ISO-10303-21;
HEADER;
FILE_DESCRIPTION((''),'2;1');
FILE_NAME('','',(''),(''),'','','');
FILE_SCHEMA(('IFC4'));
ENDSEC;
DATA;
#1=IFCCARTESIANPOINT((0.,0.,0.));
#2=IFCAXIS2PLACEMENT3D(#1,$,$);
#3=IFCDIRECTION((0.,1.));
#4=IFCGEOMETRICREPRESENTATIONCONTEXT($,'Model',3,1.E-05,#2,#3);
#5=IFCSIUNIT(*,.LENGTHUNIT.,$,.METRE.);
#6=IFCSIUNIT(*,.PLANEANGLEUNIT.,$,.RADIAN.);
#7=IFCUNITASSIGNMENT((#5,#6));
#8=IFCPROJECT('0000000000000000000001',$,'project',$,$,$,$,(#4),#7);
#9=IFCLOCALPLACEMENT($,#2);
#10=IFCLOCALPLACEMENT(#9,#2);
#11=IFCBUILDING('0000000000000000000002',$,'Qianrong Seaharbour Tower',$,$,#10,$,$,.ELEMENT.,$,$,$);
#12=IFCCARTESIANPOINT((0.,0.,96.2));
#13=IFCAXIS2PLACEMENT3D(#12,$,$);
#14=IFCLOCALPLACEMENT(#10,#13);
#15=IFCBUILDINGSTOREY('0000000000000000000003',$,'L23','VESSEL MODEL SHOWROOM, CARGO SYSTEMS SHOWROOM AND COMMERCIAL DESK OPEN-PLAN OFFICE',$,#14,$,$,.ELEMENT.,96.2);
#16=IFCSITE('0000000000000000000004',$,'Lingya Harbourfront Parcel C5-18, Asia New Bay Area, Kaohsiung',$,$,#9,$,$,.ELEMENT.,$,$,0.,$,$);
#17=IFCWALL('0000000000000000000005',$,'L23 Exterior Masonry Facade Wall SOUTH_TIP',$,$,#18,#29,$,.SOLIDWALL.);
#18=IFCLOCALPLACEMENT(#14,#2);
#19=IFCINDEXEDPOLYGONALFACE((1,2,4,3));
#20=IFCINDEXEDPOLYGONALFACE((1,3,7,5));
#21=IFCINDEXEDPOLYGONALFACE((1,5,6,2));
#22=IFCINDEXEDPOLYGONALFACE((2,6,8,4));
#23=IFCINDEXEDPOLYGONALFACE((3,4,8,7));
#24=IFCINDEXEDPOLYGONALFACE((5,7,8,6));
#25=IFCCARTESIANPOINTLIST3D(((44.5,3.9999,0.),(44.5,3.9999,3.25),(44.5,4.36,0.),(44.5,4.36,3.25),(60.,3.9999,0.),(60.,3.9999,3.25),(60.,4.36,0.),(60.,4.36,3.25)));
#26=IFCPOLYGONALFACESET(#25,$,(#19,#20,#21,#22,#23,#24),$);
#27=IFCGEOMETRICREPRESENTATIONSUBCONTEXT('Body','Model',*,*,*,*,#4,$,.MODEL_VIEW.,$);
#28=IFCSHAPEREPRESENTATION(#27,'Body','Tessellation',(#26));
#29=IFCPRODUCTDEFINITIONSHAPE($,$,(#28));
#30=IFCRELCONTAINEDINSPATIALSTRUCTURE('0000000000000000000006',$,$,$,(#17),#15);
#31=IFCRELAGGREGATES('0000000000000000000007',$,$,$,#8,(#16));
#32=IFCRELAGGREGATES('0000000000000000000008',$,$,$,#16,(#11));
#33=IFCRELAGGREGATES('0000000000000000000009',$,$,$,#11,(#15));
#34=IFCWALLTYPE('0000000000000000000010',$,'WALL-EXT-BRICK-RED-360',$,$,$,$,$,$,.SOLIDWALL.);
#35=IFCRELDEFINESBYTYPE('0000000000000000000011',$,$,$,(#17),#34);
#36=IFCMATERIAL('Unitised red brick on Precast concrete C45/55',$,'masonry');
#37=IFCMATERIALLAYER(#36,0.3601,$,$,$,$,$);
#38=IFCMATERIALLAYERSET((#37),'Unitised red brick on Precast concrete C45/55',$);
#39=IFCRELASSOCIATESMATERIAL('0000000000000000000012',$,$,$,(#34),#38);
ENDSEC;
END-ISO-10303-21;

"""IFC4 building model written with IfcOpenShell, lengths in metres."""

from ifc_helpers import new_model, si_unit, direction, frame, frame_2d, origin, place, context, subcontext, project, spatial, rectangle, extrude, material, layer, layer_set, type_object, element, save


model = new_model("IFC4")

# Units and contexts
model_context = context("Model", 3, precision=1e-05, world=origin(), true_north=direction((0.0, 1.0)))
body_context = subcontext(model_context, "Body", "Model", "MODEL_VIEW")
ifc_project = project(units=[si_unit("LENGTHUNIT", "METRE"), si_unit("PLANEANGLEUNIT", "RADIAN")], contexts=[model_context])

# Site, building, storey
site_placement = place(None, origin())
site = spatial("IfcSite", under=ifc_project, at=site_placement, Name="Lingya Harbourfront Parcel C5-18, Asia New Bay Area, Kaohsiung", CompositionType="ELEMENT", RefElevation=0.0)
building_placement = place(site_placement, origin())
building = spatial("IfcBuilding", under=site, at=building_placement, Name="Qianrong Seaharbour Tower", CompositionType="ELEMENT")
storey_placement = place(building_placement, frame((0.0, 0.0, 96.2)))
storey = spatial("IfcBuildingStorey", under=building, at=storey_placement, Name="L23", Description="VESSEL MODEL SHOWROOM, CARGO SYSTEMS SHOWROOM AND COMMERCIAL DESK OPEN-PLAN OFFICE", CompositionType="ELEMENT", Elevation=96.2)

# Wall
ifc_material_1 = material(Name="Unitised red brick on Precast concrete C45/55", Category="masonry")
ifc_layer_1 = layer(ifc_material_1, 0.3601)
ifc_layer_set_1 = layer_set([ifc_layer_1], Name="Unitised red brick on Precast concrete C45/55")
wall_type_1 = type_object("IfcWallType", Name="WALL-EXT-BRICK-RED-360", PredefinedType="SOLIDWALL", material=ifc_layer_set_1)
wall_1_placement = place(storey_placement, frame((60.0, 4.1799, 0.0), z_axis=(0.0, 0.0, 1.0), x_axis=(-1.0, 0.0, 0.0)))
element("IfcWall", 1, at=wall_1_placement, inside=storey, type_object=wall_type_1, Name="L23 Exterior Masonry Facade Wall SOUTH_TIP", PredefinedType="SOLIDWALL", context=body_context, shape_type="SweptSolid", body=[
    extrude(rectangle(XDim=15.5, YDim=0.3601, at=frame_2d((7.75, 0.0))), origin(), (0.0, 0.0, 1.0), 3.25),
])

save(model, "model.ifc")
